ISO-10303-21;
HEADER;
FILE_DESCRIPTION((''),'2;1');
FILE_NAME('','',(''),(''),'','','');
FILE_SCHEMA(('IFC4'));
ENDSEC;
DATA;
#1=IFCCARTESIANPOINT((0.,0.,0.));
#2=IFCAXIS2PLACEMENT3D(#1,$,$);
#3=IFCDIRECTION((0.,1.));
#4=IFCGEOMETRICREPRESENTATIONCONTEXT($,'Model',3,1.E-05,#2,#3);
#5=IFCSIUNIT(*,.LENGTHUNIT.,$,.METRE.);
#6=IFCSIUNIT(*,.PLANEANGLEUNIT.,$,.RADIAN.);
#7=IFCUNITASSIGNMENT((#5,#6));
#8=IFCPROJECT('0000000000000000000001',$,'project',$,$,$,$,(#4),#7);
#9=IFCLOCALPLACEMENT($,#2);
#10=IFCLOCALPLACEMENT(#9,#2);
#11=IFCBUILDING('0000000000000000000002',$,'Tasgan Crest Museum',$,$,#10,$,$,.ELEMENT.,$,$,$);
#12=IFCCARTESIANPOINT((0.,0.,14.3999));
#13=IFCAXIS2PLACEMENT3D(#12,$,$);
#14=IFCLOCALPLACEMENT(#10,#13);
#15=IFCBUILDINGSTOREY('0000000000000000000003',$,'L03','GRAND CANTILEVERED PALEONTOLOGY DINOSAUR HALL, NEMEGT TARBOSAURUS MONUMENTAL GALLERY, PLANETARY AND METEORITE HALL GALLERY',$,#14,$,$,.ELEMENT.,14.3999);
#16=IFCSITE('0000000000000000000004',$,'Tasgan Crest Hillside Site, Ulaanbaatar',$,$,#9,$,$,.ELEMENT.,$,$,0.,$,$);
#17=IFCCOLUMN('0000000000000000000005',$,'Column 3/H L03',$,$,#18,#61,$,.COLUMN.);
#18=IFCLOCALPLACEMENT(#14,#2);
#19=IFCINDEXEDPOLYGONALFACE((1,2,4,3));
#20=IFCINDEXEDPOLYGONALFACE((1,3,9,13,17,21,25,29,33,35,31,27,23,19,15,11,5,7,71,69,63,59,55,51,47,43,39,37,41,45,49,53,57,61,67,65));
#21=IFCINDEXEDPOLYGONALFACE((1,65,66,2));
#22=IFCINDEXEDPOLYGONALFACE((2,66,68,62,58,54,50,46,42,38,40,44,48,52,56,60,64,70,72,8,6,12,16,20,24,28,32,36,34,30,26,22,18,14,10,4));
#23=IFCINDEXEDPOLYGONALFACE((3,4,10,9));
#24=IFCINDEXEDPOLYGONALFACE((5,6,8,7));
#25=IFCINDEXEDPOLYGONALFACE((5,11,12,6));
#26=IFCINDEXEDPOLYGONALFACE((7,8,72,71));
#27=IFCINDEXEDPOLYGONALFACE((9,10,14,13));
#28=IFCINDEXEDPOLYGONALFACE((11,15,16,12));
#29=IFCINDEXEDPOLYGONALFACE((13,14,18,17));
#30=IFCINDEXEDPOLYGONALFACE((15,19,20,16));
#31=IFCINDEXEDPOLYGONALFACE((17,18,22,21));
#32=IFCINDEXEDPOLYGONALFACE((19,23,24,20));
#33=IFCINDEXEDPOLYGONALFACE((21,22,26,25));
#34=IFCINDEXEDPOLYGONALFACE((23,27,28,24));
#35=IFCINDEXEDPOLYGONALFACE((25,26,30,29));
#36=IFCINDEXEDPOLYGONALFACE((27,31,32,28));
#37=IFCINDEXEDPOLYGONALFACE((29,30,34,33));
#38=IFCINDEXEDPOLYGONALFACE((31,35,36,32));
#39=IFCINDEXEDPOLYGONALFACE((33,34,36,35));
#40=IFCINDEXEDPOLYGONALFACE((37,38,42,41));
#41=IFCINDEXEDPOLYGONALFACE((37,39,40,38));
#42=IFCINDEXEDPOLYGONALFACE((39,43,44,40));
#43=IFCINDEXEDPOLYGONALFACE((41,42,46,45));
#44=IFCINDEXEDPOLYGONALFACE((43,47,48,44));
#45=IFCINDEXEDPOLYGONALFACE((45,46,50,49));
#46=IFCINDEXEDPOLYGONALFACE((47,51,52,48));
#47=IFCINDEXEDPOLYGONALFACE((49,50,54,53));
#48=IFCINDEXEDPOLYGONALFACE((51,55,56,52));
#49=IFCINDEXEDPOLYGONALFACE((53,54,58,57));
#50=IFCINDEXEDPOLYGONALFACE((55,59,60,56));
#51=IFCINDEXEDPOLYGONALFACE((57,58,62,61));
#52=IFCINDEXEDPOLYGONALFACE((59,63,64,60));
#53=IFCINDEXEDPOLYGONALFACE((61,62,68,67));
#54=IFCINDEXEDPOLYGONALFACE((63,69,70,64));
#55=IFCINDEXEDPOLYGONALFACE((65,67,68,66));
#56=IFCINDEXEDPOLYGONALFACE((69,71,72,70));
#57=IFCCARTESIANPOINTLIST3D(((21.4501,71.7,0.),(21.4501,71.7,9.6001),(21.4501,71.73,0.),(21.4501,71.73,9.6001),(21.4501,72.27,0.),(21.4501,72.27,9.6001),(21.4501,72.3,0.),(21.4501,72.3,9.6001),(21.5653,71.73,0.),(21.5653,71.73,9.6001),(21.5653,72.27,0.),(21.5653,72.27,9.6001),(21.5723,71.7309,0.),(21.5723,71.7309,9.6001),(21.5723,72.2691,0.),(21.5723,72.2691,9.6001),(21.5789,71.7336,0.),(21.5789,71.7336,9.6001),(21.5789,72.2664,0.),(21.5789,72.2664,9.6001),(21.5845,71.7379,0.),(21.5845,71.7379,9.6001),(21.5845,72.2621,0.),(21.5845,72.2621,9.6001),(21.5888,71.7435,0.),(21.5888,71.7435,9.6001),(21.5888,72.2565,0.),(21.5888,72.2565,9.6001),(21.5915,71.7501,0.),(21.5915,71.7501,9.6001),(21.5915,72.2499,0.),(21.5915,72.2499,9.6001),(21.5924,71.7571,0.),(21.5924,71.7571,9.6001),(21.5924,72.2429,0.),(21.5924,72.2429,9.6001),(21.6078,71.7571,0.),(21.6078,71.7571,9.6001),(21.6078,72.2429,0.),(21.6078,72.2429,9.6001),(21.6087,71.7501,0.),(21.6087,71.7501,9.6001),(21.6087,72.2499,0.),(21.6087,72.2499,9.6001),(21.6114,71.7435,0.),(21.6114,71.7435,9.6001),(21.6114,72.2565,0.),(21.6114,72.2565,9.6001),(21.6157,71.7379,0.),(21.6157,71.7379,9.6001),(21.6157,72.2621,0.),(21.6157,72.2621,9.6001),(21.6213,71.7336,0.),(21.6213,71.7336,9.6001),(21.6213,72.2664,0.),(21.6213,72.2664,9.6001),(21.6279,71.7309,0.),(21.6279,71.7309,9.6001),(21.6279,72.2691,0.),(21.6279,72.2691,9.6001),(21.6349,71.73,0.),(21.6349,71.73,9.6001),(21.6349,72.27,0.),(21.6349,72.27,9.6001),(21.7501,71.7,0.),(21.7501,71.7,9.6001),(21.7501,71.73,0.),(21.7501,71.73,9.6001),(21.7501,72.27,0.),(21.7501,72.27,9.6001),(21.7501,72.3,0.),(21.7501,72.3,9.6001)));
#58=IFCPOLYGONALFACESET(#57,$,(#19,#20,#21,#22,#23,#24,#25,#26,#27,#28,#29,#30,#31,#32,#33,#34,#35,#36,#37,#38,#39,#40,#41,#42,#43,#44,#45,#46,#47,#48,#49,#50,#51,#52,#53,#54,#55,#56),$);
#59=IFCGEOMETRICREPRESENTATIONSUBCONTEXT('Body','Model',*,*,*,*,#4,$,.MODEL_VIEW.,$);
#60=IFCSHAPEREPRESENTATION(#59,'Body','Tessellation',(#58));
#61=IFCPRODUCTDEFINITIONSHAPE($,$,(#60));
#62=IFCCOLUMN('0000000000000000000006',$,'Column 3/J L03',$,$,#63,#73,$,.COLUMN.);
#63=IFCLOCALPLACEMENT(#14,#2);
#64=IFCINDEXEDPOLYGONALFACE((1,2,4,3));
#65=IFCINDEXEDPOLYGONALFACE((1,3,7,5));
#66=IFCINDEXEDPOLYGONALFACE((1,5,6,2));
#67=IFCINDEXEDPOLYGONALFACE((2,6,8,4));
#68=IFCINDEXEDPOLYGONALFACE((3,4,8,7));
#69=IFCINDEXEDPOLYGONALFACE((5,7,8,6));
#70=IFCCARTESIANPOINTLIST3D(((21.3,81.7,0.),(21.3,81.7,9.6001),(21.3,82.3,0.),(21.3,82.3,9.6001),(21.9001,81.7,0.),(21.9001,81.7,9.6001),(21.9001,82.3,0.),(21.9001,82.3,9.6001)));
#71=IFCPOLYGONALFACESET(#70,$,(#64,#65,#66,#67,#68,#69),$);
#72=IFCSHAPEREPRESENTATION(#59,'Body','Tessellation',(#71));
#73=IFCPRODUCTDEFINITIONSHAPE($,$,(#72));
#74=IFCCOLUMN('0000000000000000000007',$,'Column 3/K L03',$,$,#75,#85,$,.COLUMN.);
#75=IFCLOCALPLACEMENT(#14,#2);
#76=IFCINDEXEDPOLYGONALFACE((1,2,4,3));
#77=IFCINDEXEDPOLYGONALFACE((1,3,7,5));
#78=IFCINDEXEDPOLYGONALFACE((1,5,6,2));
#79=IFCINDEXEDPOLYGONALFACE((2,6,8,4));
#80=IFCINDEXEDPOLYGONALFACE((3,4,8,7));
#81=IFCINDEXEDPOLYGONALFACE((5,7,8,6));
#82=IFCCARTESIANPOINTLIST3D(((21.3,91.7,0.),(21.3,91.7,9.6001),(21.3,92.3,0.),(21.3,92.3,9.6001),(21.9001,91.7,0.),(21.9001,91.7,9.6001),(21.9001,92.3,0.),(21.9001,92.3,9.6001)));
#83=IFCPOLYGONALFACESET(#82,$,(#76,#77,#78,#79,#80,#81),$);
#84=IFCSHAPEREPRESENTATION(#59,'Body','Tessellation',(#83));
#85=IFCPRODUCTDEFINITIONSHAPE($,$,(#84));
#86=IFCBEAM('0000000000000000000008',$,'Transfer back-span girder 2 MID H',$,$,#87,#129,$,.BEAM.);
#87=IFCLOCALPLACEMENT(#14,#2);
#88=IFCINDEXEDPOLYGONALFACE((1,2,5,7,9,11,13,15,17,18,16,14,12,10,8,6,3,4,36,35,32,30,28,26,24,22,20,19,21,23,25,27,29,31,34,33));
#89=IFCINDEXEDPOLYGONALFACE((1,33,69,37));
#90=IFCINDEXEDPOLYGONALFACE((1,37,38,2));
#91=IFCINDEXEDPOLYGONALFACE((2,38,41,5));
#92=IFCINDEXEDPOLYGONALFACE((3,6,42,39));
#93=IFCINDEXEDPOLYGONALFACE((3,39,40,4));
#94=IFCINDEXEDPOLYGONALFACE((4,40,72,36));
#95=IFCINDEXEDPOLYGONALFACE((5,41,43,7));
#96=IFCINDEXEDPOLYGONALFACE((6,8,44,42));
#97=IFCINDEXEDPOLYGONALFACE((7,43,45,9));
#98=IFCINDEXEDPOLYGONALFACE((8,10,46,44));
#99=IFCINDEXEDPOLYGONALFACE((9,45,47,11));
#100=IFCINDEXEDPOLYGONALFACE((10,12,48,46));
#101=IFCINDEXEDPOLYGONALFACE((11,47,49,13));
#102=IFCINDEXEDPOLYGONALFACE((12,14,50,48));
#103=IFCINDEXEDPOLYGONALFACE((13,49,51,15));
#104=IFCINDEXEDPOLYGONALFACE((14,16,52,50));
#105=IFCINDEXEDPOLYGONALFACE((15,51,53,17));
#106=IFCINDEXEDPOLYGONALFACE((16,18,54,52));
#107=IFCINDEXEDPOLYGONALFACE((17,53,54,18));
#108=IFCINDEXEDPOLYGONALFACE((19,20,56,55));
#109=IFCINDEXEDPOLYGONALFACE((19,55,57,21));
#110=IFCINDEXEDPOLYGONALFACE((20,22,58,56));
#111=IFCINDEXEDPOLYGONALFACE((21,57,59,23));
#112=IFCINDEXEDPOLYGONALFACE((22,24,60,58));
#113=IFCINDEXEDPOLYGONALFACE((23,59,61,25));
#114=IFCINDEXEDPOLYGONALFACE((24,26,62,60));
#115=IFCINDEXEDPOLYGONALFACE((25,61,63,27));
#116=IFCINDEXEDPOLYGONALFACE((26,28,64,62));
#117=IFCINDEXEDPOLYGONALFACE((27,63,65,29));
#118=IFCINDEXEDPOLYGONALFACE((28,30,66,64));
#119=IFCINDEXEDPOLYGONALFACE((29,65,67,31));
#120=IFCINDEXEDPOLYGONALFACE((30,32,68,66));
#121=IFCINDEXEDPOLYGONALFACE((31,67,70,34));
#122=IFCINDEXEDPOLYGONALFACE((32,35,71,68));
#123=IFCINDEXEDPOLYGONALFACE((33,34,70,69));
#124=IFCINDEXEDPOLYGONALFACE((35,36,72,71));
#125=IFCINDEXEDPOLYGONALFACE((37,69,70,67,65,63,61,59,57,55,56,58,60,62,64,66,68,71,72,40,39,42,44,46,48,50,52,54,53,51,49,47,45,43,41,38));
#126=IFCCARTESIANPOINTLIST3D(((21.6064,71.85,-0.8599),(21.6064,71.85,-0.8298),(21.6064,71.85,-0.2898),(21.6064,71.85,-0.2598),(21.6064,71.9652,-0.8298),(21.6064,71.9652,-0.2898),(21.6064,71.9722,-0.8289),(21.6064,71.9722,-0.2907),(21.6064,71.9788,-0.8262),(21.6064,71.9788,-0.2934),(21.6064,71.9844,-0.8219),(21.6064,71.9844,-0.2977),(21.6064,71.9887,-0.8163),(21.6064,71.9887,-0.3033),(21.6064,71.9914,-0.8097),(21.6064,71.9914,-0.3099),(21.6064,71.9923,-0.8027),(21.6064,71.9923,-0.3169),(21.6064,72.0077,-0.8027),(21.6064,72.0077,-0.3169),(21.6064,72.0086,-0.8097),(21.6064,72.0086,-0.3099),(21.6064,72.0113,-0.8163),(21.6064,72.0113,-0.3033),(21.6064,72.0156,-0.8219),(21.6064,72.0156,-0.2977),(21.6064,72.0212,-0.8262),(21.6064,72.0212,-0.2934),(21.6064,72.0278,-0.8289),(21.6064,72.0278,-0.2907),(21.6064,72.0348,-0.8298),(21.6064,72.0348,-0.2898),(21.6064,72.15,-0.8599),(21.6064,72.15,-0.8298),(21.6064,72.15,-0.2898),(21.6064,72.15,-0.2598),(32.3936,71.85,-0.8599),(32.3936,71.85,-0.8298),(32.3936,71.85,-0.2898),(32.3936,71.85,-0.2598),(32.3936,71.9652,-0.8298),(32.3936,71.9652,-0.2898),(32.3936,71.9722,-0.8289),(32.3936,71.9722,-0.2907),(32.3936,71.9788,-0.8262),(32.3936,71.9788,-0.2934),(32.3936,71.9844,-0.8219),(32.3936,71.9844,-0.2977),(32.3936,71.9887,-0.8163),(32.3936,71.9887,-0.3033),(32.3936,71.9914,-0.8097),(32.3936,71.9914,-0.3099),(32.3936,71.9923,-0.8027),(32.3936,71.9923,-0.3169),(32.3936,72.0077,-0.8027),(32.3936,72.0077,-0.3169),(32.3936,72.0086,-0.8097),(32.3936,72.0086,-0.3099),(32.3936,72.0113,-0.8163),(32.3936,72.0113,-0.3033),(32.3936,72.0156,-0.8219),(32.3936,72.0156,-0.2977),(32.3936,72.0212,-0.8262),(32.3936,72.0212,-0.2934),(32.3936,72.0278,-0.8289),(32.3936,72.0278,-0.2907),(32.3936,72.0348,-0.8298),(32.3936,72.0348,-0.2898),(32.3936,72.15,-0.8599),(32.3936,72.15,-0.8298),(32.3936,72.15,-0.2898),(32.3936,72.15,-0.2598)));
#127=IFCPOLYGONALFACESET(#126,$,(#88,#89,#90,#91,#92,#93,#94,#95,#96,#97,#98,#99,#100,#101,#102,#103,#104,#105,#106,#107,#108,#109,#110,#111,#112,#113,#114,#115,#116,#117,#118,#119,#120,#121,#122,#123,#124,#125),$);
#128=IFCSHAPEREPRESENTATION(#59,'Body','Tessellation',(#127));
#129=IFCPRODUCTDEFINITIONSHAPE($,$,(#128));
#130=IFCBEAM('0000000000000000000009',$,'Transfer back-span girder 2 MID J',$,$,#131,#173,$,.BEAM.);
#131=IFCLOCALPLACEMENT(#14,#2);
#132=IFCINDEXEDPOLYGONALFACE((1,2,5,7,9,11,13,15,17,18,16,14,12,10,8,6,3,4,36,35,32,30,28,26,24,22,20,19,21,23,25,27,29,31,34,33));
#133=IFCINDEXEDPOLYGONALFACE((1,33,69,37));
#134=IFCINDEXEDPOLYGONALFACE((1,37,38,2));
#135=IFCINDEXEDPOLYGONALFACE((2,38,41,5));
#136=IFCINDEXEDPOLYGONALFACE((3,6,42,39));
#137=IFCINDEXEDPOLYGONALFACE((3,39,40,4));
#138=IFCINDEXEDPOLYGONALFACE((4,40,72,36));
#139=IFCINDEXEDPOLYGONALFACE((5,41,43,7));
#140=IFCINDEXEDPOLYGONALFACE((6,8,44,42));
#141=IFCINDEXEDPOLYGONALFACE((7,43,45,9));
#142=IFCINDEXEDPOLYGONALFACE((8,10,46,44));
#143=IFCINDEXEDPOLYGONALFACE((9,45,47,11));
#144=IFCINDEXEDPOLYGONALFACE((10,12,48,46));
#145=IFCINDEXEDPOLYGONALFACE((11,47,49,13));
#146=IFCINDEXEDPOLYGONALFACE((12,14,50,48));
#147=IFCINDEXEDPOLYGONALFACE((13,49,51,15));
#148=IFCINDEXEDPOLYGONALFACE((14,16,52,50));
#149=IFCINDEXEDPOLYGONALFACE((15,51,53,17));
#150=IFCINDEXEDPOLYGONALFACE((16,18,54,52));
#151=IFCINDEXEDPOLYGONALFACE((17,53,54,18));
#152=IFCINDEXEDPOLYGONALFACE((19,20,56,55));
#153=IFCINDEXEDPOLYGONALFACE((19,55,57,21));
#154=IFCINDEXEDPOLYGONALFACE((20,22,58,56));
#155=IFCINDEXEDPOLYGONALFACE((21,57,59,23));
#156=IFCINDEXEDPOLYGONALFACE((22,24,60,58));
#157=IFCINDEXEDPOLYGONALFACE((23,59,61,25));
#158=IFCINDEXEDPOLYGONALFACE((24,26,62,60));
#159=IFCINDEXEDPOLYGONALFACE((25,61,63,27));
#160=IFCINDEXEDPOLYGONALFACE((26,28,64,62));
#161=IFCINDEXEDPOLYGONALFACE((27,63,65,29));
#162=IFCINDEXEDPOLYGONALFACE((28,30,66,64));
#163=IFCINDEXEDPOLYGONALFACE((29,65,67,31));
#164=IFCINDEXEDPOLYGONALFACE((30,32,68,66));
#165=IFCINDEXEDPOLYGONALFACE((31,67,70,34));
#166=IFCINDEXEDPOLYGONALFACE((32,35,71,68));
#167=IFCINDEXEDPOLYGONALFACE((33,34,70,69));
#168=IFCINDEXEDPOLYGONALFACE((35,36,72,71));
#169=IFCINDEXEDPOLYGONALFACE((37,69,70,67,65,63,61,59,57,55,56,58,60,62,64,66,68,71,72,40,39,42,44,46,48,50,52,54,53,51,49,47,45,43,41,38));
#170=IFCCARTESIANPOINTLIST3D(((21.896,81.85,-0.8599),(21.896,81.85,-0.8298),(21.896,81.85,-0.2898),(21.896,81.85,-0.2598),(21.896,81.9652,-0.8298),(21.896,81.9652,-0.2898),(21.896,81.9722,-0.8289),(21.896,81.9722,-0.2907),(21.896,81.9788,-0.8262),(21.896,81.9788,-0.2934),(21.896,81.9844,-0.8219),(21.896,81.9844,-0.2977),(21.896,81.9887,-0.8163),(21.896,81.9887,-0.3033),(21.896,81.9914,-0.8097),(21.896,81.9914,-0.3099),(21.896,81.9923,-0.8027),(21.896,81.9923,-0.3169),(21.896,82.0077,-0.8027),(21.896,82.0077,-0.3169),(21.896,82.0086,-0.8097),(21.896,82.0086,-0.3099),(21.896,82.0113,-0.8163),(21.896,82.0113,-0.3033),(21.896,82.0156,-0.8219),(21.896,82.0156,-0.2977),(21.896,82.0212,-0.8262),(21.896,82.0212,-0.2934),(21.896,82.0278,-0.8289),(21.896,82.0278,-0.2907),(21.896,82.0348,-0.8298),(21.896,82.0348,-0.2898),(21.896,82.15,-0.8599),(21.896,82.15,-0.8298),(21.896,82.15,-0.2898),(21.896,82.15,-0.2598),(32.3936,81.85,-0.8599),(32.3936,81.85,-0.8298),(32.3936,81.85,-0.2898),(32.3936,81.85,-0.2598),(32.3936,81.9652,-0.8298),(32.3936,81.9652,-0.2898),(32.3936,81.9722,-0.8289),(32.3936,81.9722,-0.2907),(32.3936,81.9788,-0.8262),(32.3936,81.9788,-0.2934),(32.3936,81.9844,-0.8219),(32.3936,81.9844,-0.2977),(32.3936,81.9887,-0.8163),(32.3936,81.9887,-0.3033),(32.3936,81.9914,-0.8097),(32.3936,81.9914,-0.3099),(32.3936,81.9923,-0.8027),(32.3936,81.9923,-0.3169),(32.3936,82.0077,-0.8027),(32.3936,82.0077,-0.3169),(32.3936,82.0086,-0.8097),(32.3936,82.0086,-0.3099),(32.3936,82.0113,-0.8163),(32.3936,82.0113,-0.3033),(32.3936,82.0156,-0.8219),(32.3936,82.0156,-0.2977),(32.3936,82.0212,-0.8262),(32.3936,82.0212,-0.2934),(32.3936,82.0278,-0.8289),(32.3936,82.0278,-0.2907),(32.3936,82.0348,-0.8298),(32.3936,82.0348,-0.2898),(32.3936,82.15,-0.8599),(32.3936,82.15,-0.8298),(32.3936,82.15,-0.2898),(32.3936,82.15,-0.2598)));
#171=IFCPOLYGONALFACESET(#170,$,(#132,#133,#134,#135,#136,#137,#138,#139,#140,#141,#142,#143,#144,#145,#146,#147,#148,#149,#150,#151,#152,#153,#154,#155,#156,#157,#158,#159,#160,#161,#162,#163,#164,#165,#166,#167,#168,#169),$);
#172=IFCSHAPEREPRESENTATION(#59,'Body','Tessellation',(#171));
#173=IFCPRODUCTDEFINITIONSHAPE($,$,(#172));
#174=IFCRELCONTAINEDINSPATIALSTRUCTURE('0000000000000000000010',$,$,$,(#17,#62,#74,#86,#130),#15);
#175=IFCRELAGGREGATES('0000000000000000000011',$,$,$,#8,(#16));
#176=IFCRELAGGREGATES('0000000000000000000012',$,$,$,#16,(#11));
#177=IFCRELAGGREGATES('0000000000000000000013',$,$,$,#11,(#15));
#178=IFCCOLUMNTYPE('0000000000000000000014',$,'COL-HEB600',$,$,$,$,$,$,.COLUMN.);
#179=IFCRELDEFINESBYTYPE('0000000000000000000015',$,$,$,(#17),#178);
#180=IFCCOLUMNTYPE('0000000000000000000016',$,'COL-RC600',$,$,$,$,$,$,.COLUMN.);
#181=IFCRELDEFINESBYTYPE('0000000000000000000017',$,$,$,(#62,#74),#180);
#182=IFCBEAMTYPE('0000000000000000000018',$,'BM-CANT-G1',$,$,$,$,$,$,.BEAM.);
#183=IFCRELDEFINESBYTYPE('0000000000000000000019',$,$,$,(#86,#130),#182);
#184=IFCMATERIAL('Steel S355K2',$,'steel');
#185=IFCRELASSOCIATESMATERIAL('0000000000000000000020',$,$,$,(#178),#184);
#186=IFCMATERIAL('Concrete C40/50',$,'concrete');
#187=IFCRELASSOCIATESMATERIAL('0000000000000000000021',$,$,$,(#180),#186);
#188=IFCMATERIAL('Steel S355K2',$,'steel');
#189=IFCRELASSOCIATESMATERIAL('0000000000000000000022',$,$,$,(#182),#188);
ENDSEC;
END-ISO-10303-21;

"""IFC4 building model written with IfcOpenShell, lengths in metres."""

from ifc_helpers import new_model, si_unit, direction, frame, origin, origin_2d, place, context, subcontext, project, spatial, rectangle, i_section, extrude, material, material_profile, profile_set, type_object, element, save


model = new_model("IFC4")

# Units and contexts
model_context = context("Model", 3, precision=1e-05, world=origin(), true_north=direction((0.0, 1.0)))
body_context = subcontext(model_context, "Body", "Model", "MODEL_VIEW")
ifc_project = project(units=[si_unit("LENGTHUNIT", "METRE"), si_unit("PLANEANGLEUNIT", "RADIAN")], contexts=[model_context])

# Site, building, storey
site_placement = place(None, origin())
site = spatial("IfcSite", under=ifc_project, at=site_placement, Name="Tasgan Crest Hillside Site, Ulaanbaatar", CompositionType="ELEMENT", RefElevation=0.0)
building_placement = place(site_placement, origin())
building = spatial("IfcBuilding", under=site, at=building_placement, Name="Tasgan Crest Museum", CompositionType="ELEMENT")
storey_placement = place(building_placement, frame((0.0, 0.0, 14.3999)))
storey = spatial("IfcBuildingStorey", under=building, at=storey_placement, Name="L03", Description="GRAND CANTILEVERED PALEONTOLOGY DINOSAUR HALL, NEMEGT TARBOSAURUS MONUMENTAL GALLERY, PLANETARY AND METEORITE HALL GALLERY", CompositionType="ELEMENT", Elevation=14.3999)

# Columns
ifc_material_1 = material(Name="Steel S355K2", Category="steel")
ifc_material_profile_1 = material_profile(ifc_material_1, i_section(OverallWidth=0.3, OverallDepth=0.6001, WebThickness=0.0154, FlangeThickness=0.03, FilletRadius=0.0271, at=origin_2d()), Name="HEB 600")
ifc_profile_set_1 = profile_set([ifc_material_profile_1], Name="Steel S355K2")
column_type_1 = type_object("IfcColumnType", Name="COL-HEB600", PredefinedType="COLUMN", material=ifc_profile_set_1)
column_placement = place(storey_placement, frame((21.6001, 72.0, 0.0), z_axis=(0.0, 0.0, 1.0), x_axis=(1.0, 0.0, 0.0)))
element("IfcColumn", 1, at=column_placement, inside=storey, type_object=column_type_1, Name="Column 3/H L03", PredefinedType="COLUMN", context=body_context, shape_type="SweptSolid", body=[
    extrude(i_section(OverallWidth=0.3, OverallDepth=0.6001, WebThickness=0.0154, FlangeThickness=0.03, FilletRadius=0.0271, at=origin_2d()), origin(), (0.0, 0.0, 1.0), 9.6001),
])
ifc_material_2 = material(Name="Concrete C40/50", Category="concrete")
ifc_material_profile_2 = material_profile(ifc_material_2, rectangle(XDim=0.6001, YDim=0.6001, at=origin_2d()), Name="RC 600x600")
ifc_profile_set_2 = profile_set([ifc_material_profile_2], Name="Concrete C40/50")
column_type_2 = type_object("IfcColumnType", Name="COL-RC600", PredefinedType="COLUMN", material=ifc_profile_set_2)
for number, where, z_axis, x_axis, name in (
    (2, (21.6001, 82.0, 0.0), (0.0, 0.0, 1.0), (1.0, 0.0, 0.0), "Column 3/J L03"),
    (3, (21.6001, 92.0, 0.0), (0.0, 0.0, 1.0), (1.0, 0.0, 0.0), "Column 3/K L03"),
):
    element("IfcColumn", number, at=place(storey_placement, frame(where, z_axis=z_axis, x_axis=x_axis)), inside=storey, type_object=column_type_2, Name=name, PredefinedType="COLUMN", context=body_context, shape_type="SweptSolid", body=[
        extrude(rectangle(XDim=0.6001, YDim=0.6001, at=origin_2d()), origin(), (0.0, 0.0, 1.0), 9.6001),
    ])

# Beams
ifc_material_3 = material(Name="Steel S355K2", Category="steel")
ifc_material_profile_3 = material_profile(ifc_material_3, i_section(OverallWidth=0.3, OverallDepth=0.6001, WebThickness=0.0154, FlangeThickness=0.03, FilletRadius=0.0271, at=origin_2d()), Name="HEB 600")
ifc_profile_set_3 = profile_set([ifc_material_profile_3], Name="Steel S355K2")
beam_type_1 = type_object("IfcBeamType", Name="BM-CANT-G1", PredefinedType="BEAM", material=ifc_profile_set_3)
beam_1_placement = place(storey_placement, frame((21.6064, 72.0, -0.5598), z_axis=(1.0, 0.0, 0.0), x_axis=(0.0, 1.0, 0.0)))
element("IfcBeam", 4, at=beam_1_placement, inside=storey, type_object=beam_type_1, Name="Transfer back-span girder 2 MID H", PredefinedType="BEAM", context=body_context, shape_type="SweptSolid", body=[
    extrude(i_section(OverallWidth=0.3, OverallDepth=0.6001, WebThickness=0.0154, FlangeThickness=0.03, FilletRadius=0.0271, at=origin_2d()), origin(), (0.0, 0.0, 1.0), 10.7871),
])
beam_2_placement = place(storey_placement, frame((21.896, 82.0, -0.5598), z_axis=(1.0, 0.0, 0.0), x_axis=(0.0, 1.0, 0.0)))
element("IfcBeam", 5, at=beam_2_placement, inside=storey, type_object=beam_type_1, Name="Transfer back-span girder 2 MID J", PredefinedType="BEAM", context=body_context, shape_type="SweptSolid", body=[
    extrude(i_section(OverallWidth=0.3, OverallDepth=0.6001, WebThickness=0.0154, FlangeThickness=0.03, FilletRadius=0.0271, at=origin_2d()), origin(), (0.0, 0.0, 1.0), 10.4976),
])

save(model, "model.ifc")
